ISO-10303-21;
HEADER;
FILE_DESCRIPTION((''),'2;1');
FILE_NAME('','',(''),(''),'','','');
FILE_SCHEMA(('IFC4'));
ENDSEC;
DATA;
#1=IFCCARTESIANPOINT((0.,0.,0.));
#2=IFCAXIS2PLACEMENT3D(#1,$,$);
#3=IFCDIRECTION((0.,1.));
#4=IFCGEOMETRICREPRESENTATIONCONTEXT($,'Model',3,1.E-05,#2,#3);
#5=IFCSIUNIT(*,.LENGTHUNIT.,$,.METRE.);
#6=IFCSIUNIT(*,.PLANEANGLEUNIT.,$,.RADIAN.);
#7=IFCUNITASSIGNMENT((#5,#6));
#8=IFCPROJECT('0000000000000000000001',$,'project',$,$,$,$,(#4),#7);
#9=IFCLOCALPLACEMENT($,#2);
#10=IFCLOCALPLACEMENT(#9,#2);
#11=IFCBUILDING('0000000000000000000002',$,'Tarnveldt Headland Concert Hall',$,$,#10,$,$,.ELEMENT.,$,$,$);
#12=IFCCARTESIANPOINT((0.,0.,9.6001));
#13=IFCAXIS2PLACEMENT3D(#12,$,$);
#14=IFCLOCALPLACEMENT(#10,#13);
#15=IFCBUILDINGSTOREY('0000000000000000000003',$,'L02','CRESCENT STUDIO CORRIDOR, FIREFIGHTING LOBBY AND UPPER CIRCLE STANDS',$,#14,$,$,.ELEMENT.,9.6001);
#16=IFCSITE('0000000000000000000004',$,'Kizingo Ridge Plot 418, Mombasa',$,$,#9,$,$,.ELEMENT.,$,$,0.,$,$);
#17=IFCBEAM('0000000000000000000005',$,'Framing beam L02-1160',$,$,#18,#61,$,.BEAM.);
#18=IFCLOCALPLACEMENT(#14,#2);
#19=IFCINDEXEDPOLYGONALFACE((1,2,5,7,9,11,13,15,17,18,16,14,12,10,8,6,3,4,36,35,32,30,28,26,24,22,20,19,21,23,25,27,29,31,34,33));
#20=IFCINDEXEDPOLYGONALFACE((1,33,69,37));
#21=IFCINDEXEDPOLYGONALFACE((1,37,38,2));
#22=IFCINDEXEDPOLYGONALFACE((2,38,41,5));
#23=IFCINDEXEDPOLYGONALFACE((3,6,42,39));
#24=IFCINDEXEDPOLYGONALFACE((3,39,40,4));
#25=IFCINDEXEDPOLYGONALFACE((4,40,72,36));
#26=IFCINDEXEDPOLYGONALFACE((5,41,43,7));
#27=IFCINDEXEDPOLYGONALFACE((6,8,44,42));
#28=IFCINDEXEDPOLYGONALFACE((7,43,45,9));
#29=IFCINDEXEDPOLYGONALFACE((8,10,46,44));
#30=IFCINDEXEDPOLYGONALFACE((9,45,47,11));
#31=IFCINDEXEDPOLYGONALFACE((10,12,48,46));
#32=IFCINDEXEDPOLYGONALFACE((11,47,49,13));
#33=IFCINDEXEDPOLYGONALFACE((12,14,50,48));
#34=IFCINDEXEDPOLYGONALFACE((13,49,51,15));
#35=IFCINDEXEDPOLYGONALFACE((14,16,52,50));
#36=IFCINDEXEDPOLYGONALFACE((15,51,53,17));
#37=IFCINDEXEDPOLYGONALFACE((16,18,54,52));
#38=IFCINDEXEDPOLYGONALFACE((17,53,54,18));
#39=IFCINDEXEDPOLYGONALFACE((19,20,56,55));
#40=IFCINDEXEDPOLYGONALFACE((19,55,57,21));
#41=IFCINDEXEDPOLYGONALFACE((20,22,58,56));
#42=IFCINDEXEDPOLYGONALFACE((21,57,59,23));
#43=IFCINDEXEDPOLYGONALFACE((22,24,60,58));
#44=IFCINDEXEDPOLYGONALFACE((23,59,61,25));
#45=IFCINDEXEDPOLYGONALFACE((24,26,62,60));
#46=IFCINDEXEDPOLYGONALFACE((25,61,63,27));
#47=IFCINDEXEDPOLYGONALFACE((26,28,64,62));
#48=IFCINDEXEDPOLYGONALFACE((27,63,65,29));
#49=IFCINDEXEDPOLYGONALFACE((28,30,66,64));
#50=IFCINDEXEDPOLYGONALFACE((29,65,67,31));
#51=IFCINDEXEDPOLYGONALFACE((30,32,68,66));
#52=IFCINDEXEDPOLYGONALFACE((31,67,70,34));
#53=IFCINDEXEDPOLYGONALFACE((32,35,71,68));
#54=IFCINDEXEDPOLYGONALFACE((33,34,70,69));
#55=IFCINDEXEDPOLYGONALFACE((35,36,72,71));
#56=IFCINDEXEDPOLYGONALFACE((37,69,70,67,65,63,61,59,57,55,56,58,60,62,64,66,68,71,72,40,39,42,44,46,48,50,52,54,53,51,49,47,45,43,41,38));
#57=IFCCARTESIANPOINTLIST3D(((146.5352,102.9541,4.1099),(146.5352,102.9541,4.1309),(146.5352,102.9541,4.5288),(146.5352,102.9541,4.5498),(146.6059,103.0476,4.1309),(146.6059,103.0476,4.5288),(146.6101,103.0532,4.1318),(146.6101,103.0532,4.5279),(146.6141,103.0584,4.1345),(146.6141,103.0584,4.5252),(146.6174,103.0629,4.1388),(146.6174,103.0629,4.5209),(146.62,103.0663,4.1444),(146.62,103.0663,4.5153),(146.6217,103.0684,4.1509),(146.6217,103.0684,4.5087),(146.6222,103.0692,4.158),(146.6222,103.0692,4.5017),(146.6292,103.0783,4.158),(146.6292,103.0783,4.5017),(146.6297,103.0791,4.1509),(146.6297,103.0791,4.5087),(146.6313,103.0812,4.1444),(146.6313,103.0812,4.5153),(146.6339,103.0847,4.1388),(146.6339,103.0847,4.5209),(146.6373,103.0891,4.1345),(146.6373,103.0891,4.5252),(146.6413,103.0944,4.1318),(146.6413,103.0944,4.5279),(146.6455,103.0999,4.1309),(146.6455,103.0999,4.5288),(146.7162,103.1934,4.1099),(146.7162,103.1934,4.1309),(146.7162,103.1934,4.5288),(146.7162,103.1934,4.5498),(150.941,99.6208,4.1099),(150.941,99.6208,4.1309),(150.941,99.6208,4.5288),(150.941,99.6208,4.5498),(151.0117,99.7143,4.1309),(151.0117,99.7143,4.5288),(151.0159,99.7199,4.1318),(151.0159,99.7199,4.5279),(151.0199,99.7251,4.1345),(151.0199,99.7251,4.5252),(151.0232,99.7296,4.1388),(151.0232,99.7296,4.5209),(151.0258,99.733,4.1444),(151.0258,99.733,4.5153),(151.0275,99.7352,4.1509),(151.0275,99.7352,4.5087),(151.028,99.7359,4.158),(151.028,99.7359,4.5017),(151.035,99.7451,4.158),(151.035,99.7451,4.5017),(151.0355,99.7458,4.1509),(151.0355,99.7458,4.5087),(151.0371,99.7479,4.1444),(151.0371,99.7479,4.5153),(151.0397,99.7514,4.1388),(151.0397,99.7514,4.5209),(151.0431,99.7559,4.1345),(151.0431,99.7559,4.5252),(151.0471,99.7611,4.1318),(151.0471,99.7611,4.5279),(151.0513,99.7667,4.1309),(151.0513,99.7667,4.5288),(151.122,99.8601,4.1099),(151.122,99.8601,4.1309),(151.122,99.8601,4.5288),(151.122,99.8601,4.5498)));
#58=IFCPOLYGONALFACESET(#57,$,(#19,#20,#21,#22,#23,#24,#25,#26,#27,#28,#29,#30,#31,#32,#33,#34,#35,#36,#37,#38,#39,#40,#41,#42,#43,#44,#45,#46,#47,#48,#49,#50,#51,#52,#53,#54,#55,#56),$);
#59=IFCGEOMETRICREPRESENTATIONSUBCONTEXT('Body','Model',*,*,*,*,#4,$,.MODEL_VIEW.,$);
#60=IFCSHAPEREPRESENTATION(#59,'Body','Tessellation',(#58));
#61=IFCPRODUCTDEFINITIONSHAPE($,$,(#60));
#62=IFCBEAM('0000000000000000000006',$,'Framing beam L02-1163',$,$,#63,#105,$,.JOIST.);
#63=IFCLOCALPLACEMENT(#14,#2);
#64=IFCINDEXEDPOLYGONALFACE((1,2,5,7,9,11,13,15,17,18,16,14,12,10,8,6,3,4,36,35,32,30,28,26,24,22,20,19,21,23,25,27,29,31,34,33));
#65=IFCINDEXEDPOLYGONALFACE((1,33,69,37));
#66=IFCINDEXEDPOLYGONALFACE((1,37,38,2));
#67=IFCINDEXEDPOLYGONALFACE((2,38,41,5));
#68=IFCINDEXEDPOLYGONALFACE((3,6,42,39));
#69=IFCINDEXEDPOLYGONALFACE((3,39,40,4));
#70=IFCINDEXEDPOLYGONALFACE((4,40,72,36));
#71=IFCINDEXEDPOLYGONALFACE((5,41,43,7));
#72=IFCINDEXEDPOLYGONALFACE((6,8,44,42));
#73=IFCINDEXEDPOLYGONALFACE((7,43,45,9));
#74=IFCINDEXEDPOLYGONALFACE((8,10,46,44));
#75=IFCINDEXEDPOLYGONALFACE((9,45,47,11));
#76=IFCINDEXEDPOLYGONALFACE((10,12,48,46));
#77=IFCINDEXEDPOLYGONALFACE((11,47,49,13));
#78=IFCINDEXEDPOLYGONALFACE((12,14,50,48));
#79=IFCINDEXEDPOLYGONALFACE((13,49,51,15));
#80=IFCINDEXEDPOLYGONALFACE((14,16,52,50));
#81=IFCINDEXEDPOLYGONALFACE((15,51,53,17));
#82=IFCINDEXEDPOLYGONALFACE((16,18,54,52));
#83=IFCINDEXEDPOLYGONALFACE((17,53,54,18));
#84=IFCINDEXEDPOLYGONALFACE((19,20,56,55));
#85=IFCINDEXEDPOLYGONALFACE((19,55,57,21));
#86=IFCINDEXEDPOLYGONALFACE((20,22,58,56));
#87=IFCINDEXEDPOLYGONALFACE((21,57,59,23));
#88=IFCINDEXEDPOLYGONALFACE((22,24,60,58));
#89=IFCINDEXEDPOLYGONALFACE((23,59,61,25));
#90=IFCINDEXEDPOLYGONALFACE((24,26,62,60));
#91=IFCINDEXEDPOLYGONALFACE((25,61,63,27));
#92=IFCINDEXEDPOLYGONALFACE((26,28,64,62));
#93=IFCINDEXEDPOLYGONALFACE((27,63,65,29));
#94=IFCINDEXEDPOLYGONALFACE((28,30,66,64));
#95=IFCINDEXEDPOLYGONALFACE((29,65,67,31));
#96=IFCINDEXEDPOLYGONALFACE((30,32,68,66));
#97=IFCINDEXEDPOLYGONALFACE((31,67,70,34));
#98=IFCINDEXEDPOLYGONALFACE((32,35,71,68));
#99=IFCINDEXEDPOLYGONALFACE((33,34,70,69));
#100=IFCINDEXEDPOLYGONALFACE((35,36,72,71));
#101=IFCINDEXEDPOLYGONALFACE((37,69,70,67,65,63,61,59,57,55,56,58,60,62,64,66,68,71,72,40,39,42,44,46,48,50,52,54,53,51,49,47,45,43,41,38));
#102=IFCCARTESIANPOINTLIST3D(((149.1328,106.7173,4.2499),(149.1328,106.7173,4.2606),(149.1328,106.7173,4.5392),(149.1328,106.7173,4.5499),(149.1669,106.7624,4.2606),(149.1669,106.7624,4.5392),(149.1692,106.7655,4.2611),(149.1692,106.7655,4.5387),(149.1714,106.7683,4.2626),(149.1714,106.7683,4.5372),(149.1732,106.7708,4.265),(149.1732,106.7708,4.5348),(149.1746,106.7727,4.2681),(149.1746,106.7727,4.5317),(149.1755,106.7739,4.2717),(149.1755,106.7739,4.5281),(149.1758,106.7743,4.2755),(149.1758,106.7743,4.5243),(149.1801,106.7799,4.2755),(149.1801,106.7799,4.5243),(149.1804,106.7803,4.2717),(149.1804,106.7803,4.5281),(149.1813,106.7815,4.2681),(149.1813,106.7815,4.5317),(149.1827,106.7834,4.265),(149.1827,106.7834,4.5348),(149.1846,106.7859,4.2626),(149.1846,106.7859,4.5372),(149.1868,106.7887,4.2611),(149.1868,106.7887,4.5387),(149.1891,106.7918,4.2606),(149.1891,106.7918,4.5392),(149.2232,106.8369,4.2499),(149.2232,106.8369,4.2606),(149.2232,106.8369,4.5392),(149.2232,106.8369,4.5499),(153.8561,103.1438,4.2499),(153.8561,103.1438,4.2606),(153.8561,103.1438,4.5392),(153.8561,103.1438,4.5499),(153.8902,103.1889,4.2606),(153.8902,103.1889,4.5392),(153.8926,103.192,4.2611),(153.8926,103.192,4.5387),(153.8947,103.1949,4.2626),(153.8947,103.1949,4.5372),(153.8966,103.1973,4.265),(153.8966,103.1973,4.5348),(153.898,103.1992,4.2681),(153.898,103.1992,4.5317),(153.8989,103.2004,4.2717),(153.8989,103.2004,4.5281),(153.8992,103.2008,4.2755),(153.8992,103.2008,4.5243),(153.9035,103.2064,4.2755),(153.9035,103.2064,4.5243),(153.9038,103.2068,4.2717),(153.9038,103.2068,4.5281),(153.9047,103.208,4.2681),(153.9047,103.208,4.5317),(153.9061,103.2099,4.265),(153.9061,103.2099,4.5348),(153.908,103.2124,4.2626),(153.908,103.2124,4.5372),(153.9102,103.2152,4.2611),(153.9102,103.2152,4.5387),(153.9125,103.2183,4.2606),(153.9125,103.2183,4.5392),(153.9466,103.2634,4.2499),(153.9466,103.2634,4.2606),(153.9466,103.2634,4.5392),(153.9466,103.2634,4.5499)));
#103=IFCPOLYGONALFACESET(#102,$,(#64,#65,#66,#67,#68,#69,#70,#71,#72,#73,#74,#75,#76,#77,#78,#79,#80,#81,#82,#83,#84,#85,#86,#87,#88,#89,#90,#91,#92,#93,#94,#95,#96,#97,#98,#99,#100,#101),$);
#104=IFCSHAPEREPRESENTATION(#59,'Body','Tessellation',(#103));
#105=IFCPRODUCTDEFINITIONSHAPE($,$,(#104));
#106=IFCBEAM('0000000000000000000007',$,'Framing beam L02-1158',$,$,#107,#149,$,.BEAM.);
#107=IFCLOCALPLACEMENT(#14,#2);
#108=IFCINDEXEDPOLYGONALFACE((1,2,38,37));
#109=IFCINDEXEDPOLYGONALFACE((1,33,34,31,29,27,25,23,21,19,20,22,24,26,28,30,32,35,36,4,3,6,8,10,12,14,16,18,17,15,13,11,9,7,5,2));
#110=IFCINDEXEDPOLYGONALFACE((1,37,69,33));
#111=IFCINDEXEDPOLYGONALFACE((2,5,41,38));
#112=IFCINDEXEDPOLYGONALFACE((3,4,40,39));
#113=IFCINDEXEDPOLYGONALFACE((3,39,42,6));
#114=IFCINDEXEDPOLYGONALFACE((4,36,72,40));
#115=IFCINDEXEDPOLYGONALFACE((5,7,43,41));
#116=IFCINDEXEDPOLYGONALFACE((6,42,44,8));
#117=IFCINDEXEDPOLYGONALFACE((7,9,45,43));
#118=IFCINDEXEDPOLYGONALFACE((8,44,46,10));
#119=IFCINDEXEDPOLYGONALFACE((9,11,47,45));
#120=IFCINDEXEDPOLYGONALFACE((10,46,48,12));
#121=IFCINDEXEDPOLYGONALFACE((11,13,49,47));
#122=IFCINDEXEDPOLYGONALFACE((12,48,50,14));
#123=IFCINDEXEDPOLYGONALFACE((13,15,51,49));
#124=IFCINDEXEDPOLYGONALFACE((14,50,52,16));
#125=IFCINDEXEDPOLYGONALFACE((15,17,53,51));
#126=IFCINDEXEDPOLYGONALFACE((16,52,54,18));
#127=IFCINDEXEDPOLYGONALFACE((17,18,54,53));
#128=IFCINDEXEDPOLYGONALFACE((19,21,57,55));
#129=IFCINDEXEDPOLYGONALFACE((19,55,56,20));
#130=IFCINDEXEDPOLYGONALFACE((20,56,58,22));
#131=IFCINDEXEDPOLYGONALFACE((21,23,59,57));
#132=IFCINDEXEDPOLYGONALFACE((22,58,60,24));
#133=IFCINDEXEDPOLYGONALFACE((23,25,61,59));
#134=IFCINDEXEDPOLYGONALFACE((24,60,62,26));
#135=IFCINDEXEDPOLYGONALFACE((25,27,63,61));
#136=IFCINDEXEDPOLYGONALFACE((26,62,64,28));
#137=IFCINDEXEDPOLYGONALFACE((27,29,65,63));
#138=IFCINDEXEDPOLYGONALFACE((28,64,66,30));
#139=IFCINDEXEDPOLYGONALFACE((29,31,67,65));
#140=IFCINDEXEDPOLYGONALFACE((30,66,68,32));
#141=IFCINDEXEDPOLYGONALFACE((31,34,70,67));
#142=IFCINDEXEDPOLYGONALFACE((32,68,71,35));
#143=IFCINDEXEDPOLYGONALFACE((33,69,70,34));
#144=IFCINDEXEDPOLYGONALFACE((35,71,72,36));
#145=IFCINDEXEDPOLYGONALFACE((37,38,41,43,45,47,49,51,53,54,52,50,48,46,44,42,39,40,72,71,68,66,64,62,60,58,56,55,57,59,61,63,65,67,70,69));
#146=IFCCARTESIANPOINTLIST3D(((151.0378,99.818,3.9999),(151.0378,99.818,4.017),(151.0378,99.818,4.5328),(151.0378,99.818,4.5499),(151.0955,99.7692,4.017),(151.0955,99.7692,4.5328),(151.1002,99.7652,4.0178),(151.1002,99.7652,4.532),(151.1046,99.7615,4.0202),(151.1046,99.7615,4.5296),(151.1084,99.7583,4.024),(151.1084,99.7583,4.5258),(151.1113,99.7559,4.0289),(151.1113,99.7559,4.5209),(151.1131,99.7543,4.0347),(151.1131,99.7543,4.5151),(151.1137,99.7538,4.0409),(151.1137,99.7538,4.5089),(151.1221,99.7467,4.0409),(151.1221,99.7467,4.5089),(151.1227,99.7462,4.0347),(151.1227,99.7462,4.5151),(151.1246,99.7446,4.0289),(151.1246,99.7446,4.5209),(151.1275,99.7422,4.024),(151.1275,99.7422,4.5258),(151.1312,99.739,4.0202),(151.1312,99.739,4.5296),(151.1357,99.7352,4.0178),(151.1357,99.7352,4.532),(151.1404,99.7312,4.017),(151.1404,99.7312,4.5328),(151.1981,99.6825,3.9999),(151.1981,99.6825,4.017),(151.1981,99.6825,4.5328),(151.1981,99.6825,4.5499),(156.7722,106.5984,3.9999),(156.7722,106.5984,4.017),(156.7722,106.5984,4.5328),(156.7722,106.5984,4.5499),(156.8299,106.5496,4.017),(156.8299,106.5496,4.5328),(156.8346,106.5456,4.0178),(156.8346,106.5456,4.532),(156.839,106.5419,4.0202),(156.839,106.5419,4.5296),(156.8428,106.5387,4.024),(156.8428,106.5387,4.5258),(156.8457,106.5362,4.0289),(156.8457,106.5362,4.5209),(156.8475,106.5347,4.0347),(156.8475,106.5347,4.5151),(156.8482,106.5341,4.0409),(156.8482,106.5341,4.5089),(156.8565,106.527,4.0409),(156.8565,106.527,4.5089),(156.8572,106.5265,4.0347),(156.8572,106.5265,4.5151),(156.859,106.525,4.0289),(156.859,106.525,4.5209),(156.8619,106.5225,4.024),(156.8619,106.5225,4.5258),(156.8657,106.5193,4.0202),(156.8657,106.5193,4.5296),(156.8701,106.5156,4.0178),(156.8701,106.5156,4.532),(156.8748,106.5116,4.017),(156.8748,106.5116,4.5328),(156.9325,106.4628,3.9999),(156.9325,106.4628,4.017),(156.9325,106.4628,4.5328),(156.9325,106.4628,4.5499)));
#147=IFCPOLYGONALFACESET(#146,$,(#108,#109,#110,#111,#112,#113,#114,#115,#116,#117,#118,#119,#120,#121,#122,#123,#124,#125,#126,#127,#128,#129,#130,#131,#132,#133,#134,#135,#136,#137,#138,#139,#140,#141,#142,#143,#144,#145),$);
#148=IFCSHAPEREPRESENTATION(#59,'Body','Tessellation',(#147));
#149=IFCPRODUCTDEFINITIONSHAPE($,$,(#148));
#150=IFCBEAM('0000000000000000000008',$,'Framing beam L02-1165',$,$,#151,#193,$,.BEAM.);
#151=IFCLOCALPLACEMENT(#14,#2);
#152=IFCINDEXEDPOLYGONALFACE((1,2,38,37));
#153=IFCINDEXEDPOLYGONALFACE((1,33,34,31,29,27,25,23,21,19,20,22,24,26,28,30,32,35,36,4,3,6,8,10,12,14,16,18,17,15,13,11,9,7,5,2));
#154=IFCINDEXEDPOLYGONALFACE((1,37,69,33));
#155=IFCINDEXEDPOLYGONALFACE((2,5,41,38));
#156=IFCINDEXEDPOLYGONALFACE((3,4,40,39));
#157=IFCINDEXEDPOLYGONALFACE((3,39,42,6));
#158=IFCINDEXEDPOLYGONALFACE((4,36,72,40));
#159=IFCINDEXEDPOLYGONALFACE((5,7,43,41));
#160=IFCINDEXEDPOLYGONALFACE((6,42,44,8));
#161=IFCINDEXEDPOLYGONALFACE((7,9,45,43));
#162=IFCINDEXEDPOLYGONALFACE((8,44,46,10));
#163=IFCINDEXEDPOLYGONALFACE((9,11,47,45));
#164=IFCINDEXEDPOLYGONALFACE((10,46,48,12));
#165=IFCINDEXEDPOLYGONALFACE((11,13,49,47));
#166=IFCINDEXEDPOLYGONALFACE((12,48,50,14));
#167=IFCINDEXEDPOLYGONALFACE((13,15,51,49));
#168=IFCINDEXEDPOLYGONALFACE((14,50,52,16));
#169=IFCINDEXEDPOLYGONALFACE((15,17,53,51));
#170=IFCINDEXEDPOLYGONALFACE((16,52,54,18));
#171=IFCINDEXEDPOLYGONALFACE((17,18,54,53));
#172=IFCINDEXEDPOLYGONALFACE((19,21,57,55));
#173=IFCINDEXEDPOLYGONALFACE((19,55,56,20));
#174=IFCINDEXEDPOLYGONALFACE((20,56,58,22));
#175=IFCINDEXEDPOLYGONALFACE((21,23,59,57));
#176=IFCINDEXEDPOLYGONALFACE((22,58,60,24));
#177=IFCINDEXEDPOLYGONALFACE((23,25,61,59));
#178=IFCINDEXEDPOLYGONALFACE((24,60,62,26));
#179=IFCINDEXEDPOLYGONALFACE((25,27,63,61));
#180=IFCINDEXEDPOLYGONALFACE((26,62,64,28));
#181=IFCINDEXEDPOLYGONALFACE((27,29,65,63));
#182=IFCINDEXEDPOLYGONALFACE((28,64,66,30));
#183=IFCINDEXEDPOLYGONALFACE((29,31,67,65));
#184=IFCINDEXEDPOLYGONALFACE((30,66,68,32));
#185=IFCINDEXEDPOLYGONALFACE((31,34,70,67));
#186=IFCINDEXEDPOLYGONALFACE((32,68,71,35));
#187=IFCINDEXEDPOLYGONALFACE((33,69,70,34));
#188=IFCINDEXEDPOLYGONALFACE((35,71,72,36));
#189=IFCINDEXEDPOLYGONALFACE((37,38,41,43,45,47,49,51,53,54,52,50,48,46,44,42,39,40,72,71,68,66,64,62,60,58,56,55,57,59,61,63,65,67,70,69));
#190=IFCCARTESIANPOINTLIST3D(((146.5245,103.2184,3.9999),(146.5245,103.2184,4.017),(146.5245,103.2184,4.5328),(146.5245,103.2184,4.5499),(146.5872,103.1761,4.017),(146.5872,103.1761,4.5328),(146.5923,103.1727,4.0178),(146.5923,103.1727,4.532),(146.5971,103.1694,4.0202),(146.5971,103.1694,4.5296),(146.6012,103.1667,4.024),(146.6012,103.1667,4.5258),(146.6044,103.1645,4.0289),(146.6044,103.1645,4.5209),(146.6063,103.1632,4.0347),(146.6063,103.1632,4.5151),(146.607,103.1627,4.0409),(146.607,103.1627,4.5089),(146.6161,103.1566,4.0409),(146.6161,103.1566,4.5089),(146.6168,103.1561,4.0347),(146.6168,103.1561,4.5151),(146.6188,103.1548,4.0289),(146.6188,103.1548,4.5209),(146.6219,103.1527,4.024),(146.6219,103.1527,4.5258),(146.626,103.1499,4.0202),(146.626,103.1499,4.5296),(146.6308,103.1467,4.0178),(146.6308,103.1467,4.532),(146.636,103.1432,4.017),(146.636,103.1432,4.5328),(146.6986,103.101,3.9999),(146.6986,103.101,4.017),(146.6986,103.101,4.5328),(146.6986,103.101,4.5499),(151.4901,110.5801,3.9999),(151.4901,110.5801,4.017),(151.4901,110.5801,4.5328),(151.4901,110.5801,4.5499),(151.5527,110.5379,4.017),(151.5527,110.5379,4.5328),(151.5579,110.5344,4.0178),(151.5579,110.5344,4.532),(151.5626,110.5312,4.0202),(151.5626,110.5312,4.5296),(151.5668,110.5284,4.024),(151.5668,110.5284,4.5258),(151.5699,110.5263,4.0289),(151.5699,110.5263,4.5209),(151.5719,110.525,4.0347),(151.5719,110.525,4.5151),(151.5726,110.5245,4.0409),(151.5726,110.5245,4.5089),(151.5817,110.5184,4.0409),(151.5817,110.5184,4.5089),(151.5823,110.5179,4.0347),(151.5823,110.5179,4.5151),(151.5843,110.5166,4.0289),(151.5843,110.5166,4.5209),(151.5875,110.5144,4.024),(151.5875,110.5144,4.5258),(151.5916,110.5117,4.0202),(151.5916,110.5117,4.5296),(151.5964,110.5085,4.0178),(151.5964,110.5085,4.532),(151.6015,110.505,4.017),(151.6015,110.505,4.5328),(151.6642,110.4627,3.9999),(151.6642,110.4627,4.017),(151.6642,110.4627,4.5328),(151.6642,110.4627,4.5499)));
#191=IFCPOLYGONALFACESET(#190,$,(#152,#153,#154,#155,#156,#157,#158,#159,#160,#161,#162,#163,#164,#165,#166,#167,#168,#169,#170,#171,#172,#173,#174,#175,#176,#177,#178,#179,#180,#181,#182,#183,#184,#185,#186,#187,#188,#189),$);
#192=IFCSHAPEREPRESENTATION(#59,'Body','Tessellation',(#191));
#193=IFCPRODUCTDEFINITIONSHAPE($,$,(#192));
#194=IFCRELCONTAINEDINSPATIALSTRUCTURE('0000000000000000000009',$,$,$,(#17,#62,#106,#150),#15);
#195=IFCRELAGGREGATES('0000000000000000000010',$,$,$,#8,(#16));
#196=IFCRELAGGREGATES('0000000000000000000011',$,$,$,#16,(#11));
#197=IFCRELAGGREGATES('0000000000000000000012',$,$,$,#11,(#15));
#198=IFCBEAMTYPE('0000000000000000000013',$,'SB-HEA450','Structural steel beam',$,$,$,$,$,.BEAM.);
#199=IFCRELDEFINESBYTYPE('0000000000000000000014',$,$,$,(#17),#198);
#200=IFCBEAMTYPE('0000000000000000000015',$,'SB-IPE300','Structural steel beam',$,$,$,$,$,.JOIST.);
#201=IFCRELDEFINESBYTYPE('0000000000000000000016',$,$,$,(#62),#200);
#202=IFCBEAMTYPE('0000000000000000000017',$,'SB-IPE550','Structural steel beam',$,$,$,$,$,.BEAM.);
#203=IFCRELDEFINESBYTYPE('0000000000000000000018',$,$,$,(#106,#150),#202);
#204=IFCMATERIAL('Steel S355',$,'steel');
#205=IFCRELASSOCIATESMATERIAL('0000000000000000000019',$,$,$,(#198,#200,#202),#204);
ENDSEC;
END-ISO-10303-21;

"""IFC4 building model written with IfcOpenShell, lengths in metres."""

from ifc_helpers import new_model, si_unit, direction, frame, origin, origin_2d, place, context, subcontext, project, spatial, i_section, extrude, material, material_profile, profile_set, type_object, element, save


model = new_model("IFC4")

# Units and contexts
model_context = context("Model", 3, precision=1e-05, world=origin(), true_north=direction((0.0, 1.0)))
body_context = subcontext(model_context, "Body", "Model", "MODEL_VIEW")
ifc_project = project(units=[si_unit("LENGTHUNIT", "METRE"), si_unit("PLANEANGLEUNIT", "RADIAN")], contexts=[model_context])

# Site, building, storey
site_placement = place(None, origin())
site = spatial("IfcSite", under=ifc_project, at=site_placement, Name="Kizingo Ridge Plot 418, Mombasa", CompositionType="ELEMENT", RefElevation=0.0)
building_placement = place(site_placement, origin())
building = spatial("IfcBuilding", under=site, at=building_placement, Name="Tarnveldt Headland Concert Hall", CompositionType="ELEMENT")
storey_placement = place(building_placement, frame((0.0, 0.0, 9.6001)))
storey = spatial("IfcBuildingStorey", under=building, at=storey_placement, Name="L02", Description="CRESCENT STUDIO CORRIDOR, FIREFIGHTING LOBBY AND UPPER CIRCLE STANDS", CompositionType="ELEMENT", Elevation=9.6001)

# Shared definitions
ifc_material_1 = material(Name="Steel S355", Category="steel")

# Beams
ifc_material_profile_1 = material_profile(ifc_material_1, i_section(OverallWidth=0.3, OverallDepth=0.4399, WebThickness=0.0115, FlangeThickness=0.021, FilletRadius=0.0271, at=origin_2d()), Name="HEA450", Category="steel")
ifc_profile_set_1 = profile_set([ifc_material_profile_1], Name="Steel S355")
beam_type_1 = type_object("IfcBeamType", Name="SB-HEA450", Description="Structural steel beam", PredefinedType="BEAM", material=ifc_profile_set_1)
beam_1_placement = place(storey_placement, frame((151.0315, 99.7405, 4.3298), z_axis=(-0.797479, 0.603346, 0.0), x_axis=(-0.603346, -0.797479, 0.0)))
element("IfcBeam", 1, at=beam_1_placement, inside=storey, type_object=beam_type_1, Name="Framing beam L02-1160", PredefinedType="BEAM", context=body_context, shape_type="SweptSolid", body=[
    extrude(i_section(OverallWidth=0.3, OverallDepth=0.4399, WebThickness=0.0115, FlangeThickness=0.021, FilletRadius=0.0271, at=origin_2d()), origin(), (0.0, 0.0, 1.0), 5.5247),
])
ifc_material_profile_2 = material_profile(ifc_material_1, i_section(OverallWidth=0.1499, OverallDepth=0.3, WebThickness=0.0071, FlangeThickness=0.0107, FilletRadius=0.0149, at=origin_2d()), Name="IPE300", Category="steel")
ifc_profile_set_2 = profile_set([ifc_material_profile_2], Name="Steel S355")
beam_type_2 = type_object("IfcBeamType", Name="SB-IPE300", Description="Structural steel beam", PredefinedType="JOIST", material=ifc_profile_set_2)
beam_2_placement = place(storey_placement, frame((153.9014, 103.2036, 4.3999), z_axis=(-0.797485, 0.603339, 0.0), x_axis=(-0.603339, -0.797485, 0.0)))
element("IfcBeam", 2, at=beam_2_placement, inside=storey, type_object=beam_type_2, Name="Framing beam L02-1163", PredefinedType="JOIST", context=body_context, shape_type="SweptSolid", body=[
    extrude(i_section(OverallWidth=0.1499, OverallDepth=0.3, WebThickness=0.0071, FlangeThickness=0.0107, FilletRadius=0.0149, at=origin_2d()), origin(), (0.0, 0.0, 1.0), 5.9229),
])
ifc_material_profile_3 = material_profile(ifc_material_1, i_section(OverallWidth=0.21, OverallDepth=0.55, WebThickness=0.011, FlangeThickness=0.0171, FilletRadius=0.0239, at=origin_2d()), Name="IPE550", Category="steel")
ifc_profile_set_3 = profile_set([ifc_material_profile_3], Name="Steel S355")
beam_type_3 = type_object("IfcBeamType", Name="SB-IPE550", Description="Structural steel beam", PredefinedType="BEAM", material=ifc_profile_set_3)
beam_3_placement = place(storey_placement, frame((151.1179, 99.7502, 4.2749), z_axis=(0.64576, 0.763541, 0.0), x_axis=(-0.763541, 0.64576, 0.0)))
element("IfcBeam", 3, at=beam_3_placement, inside=storey, type_object=beam_type_3, Name="Framing beam L02-1158", PredefinedType="BEAM", context=body_context, shape_type="SweptSolid", body=[
    extrude(i_section(OverallWidth=0.21, OverallDepth=0.55, WebThickness=0.011, FlangeThickness=0.0171, FilletRadius=0.0239, at=origin_2d()), origin(), (0.0, 0.0, 1.0), 8.8801),
])
beam_4_placement = place(storey_placement, frame((146.6116, 103.1597, 4.2749), z_axis=(0.55919, 0.829039, 0.0), x_axis=(-0.829039, 0.55919, 0.0)))
element("IfcBeam", 4, at=beam_4_placement, inside=storey, type_object=beam_type_3, Name="Framing beam L02-1165", PredefinedType="BEAM", context=body_context, shape_type="SweptSolid", body=[
    extrude(i_section(OverallWidth=0.21, OverallDepth=0.55, WebThickness=0.011, FlangeThickness=0.0171, FilletRadius=0.0239, at=origin_2d()), origin(), (0.0, 0.0, 1.0), 8.8799),
])

save(model, "model.ifc")
